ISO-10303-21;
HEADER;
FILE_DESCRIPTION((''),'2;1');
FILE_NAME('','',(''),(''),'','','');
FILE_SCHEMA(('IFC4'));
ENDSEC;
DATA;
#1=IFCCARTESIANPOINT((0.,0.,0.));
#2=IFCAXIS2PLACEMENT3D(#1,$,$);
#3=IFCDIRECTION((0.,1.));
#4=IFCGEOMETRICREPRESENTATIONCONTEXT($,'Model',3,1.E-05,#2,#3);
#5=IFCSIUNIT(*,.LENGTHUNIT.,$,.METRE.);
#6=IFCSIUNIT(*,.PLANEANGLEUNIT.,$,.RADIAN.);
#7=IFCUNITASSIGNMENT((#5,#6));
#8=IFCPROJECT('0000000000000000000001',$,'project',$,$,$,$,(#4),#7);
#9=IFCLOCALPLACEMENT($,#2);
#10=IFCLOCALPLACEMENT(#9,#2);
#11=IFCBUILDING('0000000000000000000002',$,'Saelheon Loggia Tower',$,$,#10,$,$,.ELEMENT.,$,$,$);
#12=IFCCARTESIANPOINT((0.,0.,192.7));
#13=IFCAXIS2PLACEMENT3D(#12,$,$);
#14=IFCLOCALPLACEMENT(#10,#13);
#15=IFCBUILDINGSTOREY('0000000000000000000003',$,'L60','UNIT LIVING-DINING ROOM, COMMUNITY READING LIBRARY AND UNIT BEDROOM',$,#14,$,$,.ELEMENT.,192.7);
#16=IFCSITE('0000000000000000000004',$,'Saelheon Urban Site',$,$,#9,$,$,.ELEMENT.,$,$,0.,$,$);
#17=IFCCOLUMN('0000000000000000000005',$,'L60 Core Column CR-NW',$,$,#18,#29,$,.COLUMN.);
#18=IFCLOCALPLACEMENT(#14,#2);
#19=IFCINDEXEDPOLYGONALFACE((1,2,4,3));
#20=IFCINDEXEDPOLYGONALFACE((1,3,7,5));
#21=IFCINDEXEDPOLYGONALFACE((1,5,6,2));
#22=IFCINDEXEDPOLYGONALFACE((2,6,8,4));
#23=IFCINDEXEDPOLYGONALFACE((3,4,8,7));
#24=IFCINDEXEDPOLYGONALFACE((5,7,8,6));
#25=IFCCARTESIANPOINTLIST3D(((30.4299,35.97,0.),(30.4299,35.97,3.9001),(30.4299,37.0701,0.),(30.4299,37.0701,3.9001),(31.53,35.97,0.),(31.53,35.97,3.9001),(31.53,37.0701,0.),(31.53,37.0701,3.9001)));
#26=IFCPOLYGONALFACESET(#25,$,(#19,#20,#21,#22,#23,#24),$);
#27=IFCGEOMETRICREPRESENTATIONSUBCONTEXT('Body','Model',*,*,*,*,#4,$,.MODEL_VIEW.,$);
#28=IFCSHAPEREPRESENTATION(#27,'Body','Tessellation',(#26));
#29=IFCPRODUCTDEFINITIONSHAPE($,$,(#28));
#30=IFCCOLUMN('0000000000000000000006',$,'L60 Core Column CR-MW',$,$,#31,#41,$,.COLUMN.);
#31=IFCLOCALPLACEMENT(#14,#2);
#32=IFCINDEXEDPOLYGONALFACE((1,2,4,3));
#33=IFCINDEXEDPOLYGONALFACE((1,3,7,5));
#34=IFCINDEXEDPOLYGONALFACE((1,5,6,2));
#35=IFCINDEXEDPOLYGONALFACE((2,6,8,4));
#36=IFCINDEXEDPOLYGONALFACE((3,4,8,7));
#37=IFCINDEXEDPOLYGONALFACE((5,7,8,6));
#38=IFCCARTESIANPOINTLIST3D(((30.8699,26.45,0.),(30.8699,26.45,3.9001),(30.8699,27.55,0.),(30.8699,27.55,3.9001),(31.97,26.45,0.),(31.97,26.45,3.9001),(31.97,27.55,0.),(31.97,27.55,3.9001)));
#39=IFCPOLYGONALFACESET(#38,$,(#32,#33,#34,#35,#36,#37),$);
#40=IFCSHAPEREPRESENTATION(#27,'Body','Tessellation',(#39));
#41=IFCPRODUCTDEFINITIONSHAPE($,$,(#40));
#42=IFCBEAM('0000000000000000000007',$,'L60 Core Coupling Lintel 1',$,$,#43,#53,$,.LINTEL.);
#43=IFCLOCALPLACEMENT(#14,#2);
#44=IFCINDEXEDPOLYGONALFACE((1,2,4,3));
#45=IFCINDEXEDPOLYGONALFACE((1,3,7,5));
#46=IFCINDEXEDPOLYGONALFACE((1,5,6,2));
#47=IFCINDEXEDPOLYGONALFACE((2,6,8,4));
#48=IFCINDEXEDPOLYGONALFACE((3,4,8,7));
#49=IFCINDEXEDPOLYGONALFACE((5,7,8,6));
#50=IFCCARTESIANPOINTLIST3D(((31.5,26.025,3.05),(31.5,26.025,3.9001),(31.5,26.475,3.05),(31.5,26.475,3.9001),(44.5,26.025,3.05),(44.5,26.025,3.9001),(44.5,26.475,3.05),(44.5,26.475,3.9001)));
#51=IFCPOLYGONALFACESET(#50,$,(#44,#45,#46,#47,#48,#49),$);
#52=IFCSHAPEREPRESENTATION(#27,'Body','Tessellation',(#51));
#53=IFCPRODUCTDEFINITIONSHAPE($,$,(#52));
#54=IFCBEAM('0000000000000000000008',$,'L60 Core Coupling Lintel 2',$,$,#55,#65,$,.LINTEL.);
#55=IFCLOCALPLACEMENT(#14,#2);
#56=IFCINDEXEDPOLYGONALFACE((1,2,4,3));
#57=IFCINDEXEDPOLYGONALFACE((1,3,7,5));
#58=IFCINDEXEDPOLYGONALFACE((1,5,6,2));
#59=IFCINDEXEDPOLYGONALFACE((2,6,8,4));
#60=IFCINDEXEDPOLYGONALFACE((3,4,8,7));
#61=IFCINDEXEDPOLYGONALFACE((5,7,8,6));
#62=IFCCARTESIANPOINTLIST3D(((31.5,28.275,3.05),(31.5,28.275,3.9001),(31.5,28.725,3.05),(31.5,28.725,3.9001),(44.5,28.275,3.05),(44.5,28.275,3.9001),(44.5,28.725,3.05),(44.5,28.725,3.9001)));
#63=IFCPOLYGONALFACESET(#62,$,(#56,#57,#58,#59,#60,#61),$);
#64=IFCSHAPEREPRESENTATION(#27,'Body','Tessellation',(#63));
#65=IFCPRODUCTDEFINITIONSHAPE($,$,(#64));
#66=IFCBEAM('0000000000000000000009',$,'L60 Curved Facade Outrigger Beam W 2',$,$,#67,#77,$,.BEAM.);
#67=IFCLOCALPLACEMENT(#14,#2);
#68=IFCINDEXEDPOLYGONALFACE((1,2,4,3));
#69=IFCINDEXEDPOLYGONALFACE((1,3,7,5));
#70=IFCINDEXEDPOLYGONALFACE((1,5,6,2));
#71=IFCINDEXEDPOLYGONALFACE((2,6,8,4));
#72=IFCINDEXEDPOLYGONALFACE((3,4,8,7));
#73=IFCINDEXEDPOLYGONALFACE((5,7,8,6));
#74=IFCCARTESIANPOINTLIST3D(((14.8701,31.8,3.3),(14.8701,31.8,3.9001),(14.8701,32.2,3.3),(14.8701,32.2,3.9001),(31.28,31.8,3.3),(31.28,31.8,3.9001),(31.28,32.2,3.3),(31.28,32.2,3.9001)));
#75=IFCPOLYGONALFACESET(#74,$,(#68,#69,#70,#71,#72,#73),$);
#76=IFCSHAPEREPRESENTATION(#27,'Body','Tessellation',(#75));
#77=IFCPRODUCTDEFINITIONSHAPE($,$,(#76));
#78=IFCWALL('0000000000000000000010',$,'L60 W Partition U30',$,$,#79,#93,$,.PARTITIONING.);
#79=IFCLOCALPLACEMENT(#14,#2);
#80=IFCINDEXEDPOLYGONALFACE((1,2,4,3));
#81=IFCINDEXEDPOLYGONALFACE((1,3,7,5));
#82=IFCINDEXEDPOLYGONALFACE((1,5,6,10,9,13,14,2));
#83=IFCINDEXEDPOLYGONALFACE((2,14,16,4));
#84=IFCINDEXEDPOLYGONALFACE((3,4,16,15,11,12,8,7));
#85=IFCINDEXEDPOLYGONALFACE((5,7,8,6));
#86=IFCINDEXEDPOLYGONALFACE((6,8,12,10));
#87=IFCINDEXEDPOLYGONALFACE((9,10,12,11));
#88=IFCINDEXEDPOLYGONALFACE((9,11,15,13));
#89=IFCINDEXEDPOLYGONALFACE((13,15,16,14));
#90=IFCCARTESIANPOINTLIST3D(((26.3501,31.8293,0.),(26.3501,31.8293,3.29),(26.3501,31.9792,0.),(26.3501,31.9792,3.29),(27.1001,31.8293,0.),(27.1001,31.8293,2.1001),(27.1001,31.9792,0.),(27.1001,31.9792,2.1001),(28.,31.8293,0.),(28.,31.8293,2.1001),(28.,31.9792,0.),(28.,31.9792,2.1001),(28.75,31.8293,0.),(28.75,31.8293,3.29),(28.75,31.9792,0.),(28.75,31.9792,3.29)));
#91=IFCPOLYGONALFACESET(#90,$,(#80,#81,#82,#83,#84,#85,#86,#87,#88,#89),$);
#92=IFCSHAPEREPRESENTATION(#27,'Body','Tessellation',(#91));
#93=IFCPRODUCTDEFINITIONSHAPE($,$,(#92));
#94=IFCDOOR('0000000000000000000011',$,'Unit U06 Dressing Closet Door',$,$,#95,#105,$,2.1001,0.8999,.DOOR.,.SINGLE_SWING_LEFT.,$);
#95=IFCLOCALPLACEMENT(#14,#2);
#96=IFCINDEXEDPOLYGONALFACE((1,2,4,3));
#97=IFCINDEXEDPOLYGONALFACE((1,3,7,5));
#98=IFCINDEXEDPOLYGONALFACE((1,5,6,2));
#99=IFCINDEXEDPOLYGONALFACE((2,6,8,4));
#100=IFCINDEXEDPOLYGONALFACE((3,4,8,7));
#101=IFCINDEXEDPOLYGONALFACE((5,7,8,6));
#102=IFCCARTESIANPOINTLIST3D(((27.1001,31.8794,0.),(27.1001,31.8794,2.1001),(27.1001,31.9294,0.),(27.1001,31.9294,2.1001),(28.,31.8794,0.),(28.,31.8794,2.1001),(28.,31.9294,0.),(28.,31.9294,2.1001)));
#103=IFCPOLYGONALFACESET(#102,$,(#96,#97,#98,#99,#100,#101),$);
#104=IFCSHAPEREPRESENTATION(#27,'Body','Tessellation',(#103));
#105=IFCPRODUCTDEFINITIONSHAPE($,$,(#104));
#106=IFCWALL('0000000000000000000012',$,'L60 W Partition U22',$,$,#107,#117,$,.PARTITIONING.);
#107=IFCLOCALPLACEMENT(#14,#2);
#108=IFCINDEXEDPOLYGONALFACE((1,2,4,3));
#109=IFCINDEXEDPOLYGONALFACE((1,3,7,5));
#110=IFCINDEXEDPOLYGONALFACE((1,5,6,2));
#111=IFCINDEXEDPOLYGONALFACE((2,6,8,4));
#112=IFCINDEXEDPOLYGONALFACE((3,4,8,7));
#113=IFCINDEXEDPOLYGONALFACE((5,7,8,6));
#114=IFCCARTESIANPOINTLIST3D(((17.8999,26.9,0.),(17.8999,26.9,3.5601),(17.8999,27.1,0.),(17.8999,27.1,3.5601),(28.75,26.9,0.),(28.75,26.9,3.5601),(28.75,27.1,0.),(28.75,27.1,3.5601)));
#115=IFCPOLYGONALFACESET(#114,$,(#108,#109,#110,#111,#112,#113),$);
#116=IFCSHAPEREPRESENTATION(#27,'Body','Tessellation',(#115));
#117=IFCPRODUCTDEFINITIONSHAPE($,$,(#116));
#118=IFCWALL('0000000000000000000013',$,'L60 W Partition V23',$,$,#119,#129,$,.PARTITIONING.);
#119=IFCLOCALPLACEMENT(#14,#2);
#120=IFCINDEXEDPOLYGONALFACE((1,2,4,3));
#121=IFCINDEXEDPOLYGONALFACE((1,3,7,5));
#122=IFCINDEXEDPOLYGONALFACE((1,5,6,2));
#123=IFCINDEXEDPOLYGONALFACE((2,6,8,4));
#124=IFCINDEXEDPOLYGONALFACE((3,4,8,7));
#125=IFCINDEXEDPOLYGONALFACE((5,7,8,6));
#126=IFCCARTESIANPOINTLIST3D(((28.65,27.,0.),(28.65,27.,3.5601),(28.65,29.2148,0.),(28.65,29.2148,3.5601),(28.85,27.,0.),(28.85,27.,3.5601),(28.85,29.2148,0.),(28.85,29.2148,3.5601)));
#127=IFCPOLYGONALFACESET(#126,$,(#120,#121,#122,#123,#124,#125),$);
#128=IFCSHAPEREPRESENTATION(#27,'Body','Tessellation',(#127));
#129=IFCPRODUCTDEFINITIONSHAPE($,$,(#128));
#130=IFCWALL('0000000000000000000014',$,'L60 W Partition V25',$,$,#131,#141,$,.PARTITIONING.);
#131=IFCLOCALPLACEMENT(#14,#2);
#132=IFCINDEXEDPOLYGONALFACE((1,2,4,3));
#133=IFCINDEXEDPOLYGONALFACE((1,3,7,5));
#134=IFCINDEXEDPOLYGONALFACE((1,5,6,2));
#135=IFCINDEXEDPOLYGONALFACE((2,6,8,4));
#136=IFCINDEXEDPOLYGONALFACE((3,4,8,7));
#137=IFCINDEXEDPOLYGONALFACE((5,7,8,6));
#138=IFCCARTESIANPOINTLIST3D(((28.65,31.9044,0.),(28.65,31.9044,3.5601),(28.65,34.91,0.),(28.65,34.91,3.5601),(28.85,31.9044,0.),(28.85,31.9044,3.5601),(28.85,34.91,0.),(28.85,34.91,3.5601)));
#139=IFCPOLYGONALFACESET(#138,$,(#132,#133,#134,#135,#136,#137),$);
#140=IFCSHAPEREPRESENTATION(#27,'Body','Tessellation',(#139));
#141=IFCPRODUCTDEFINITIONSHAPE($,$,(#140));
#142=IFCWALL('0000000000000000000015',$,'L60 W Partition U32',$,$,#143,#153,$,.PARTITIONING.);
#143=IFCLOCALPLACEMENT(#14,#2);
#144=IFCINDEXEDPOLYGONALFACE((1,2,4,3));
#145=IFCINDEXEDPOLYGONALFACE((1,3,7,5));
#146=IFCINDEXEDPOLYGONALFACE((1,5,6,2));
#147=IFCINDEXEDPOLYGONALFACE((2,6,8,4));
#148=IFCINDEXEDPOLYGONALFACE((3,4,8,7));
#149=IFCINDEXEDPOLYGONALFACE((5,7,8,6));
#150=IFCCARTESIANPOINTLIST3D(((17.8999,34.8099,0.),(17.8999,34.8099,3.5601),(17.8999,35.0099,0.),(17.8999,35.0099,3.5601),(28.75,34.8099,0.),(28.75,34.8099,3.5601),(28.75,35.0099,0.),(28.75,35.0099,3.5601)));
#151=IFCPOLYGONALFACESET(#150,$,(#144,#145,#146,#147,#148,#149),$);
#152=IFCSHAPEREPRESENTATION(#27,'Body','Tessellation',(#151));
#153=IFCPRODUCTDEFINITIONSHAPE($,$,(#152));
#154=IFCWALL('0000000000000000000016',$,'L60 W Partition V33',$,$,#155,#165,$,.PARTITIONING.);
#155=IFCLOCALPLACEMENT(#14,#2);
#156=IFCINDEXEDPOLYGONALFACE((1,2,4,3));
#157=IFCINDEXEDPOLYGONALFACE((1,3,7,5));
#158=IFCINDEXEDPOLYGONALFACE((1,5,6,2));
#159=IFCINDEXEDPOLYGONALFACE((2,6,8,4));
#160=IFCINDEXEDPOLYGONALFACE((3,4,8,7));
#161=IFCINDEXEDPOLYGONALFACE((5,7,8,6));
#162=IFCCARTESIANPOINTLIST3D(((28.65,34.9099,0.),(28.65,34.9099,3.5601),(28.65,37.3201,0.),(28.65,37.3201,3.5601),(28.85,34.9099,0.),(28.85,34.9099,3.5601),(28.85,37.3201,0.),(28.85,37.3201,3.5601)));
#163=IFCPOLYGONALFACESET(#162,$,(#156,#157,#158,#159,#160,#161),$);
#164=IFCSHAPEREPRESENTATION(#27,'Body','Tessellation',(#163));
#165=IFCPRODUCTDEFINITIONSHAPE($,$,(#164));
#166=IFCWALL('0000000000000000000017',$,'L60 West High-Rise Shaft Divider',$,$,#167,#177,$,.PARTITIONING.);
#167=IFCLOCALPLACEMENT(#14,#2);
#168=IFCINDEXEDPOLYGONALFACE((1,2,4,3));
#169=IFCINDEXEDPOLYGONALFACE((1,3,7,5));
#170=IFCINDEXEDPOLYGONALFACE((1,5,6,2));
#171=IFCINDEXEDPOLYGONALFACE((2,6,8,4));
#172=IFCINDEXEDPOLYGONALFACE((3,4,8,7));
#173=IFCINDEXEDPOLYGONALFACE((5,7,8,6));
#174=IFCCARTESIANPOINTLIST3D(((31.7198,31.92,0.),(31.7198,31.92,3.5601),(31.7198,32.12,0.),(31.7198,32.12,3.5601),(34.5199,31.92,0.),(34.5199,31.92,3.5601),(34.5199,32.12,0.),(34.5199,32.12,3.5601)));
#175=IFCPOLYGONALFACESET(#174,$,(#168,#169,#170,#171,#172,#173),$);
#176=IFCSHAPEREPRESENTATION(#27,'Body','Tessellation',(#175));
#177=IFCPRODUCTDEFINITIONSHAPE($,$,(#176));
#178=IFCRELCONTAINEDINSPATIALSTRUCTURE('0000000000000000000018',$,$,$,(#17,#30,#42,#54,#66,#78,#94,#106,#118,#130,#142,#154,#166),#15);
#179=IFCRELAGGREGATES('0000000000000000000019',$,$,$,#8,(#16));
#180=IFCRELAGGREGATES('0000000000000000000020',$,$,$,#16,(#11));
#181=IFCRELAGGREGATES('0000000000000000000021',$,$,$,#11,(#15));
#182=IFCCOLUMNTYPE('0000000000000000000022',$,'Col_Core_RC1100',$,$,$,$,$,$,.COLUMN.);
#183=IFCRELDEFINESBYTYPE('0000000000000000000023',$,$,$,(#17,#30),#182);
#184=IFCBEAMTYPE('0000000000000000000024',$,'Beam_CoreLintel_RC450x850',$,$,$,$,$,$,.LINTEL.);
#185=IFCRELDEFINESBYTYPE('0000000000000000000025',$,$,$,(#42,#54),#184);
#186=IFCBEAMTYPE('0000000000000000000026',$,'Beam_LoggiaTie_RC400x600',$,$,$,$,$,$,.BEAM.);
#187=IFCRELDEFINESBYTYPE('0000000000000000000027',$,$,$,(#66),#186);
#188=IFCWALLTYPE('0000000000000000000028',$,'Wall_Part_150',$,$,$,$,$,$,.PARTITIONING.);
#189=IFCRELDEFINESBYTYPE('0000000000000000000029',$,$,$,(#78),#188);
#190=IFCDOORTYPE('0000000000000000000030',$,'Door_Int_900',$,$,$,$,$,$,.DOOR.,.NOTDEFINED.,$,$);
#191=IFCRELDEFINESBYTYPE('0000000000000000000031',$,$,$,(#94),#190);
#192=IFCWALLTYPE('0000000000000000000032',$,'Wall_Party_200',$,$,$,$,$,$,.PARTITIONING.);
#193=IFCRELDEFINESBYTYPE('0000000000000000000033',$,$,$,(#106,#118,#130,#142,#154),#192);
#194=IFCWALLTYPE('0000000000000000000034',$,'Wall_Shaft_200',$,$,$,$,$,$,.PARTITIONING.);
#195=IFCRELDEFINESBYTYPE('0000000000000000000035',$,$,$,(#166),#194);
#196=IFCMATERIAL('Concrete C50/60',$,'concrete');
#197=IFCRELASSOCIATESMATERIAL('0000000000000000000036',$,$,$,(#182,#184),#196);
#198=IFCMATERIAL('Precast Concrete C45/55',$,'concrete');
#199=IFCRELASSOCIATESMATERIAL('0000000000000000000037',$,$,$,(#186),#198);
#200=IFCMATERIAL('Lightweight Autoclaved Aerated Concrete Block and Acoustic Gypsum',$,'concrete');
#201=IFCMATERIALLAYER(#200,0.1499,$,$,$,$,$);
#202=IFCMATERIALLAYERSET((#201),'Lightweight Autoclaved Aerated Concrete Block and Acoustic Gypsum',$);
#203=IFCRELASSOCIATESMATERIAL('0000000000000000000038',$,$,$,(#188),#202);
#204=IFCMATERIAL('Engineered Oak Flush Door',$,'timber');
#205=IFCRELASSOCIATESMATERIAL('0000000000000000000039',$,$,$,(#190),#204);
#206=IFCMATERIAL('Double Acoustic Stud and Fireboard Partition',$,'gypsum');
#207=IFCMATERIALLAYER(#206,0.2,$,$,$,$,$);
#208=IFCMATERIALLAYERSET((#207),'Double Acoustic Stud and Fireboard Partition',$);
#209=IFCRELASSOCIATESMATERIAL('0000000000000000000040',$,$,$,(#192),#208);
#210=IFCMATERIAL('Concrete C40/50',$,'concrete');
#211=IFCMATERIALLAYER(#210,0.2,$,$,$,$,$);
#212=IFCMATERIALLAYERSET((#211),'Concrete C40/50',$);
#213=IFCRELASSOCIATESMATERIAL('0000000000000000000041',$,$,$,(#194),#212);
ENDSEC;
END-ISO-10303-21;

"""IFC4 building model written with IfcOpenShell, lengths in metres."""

from ifc_helpers import new_model, si_unit, direction, frame, frame_2d, origin, origin_2d, place, context, subcontext, project, spatial, rectangle, extrude, source, transform, mapped, material, layer, layer_set, material_profile, profile_set, type_object, element, fill, save


model = new_model("IFC4")

# Units and contexts
model_context = context("Model", 3, precision=1e-05, world=origin(), true_north=direction((0.0, 1.0)))
body_context = subcontext(model_context, "Body", "Model", "MODEL_VIEW")
ifc_project = project(units=[si_unit("LENGTHUNIT", "METRE"), si_unit("PLANEANGLEUNIT", "RADIAN")], contexts=[model_context])

# Site, building, storey
site_placement = place(None, origin())
site = spatial("IfcSite", under=ifc_project, at=site_placement, Name="Saelheon Urban Site", CompositionType="ELEMENT", RefElevation=0.0)
building_placement = place(site_placement, origin())
building = spatial("IfcBuilding", under=site, at=building_placement, Name="Saelheon Loggia Tower", CompositionType="ELEMENT")
storey_placement = place(building_placement, frame((0.0, 0.0, 192.7)))
storey = spatial("IfcBuildingStorey", under=building, at=storey_placement, Name="L60", Description="UNIT LIVING-DINING ROOM, COMMUNITY READING LIBRARY AND UNIT BEDROOM", CompositionType="ELEMENT", Elevation=192.7)

# Columns
ifc_material_1 = material(Name="Concrete C50/60", Category="concrete")
ifc_material_profile_1 = material_profile(ifc_material_1, rectangle(XDim=1.1001, YDim=1.1001, at=origin_2d()), Name="RC-1100x1100")
ifc_profile_set_1 = profile_set([ifc_material_profile_1], Name="Concrete C50/60")
column_type = type_object("IfcColumnType", Name="Col_Core_RC1100", PredefinedType="COLUMN", material=ifc_profile_set_1)
shared_shape_1 = source(origin(), body_context, "Body", "SweptSolid", [
    extrude(rectangle(XDim=1.1001, YDim=1.1001, at=origin_2d()), origin(), (0.0, 0.0, 1.0), 3.9001),
])
for number, where, z_axis, x_axis, name in (
    (1, (30.98, 36.52, 0.0), (0.0, 0.0, 1.0), (1.0, 0.0, 0.0), "L60 Core Column CR-NW"),
    (2, (31.4199, 27.0, 0.0), (0.0, 0.0, 1.0), (1.0, 0.0, 0.0), "L60 Core Column CR-MW"),
):
    element("IfcColumn", number, at=place(storey_placement, frame(where, z_axis=z_axis, x_axis=x_axis)), inside=storey, type_object=column_type, Name=name, PredefinedType="COLUMN", context=body_context, shape_type="MappedRepresentation", body=[
        mapped(shared_shape_1, transform((0.0, 0.0, 0.0), scale=1.0)),
    ])

# Beams
ifc_material_profile_2 = material_profile(ifc_material_1, rectangle(XDim=0.45, YDim=0.8501, at=origin_2d()), Name="RC-450x850")
ifc_profile_set_2 = profile_set([ifc_material_profile_2], Name="Concrete C50/60")
beam_type_1 = type_object("IfcBeamType", Name="Beam_CoreLintel_RC450x850", PredefinedType="LINTEL", material=ifc_profile_set_2)
shared_shape_2 = source(origin(), body_context, "Body", "SweptSolid", [
    extrude(rectangle(XDim=0.45, YDim=0.8501, at=origin_2d()), origin(), (0.0, 0.0, 1.0), 13.0),
])
for number, where, z_axis, x_axis, name in (
    (3, (31.5, 26.25, 3.4751), (1.0, 0.0, 0.0), (0.0, 1.0, 0.0), "L60 Core Coupling Lintel 1"),
    (4, (31.5, 28.5, 3.4751), (1.0, 0.0, 0.0), (0.0, 1.0, 0.0), "L60 Core Coupling Lintel 2"),
):
    element("IfcBeam", number, at=place(storey_placement, frame(where, z_axis=z_axis, x_axis=x_axis)), inside=storey, type_object=beam_type_1, Name=name, PredefinedType="LINTEL", context=body_context, shape_type="MappedRepresentation", body=[
        mapped(shared_shape_2, transform((0.0, 0.0, 0.0), scale=1.0)),
    ])
ifc_material_2 = material(Name="Precast Concrete C45/55", Category="concrete")
ifc_material_profile_3 = material_profile(ifc_material_2, rectangle(XDim=0.3999, YDim=0.6001, at=origin_2d()), Name="RC-400x600")
ifc_profile_set_3 = profile_set([ifc_material_profile_3], Name="Precast Concrete C45/55")
beam_type_2 = type_object("IfcBeamType", Name="Beam_LoggiaTie_RC400x600", PredefinedType="BEAM", material=ifc_profile_set_3)
shared_shape_3 = source(origin(), body_context, "Body", "SweptSolid", [
    extrude(rectangle(XDim=0.3999, YDim=0.6001, at=origin_2d()), origin(), (0.0, 0.0, 1.0), 16.4099),
])
beam_placement = place(storey_placement, frame((31.28, 32.0, 3.6001), z_axis=(-1.0, 0.0, 0.0), x_axis=(0.0, -1.0, 0.0)))
element("IfcBeam", 5, at=beam_placement, inside=storey, type_object=beam_type_2, Name="L60 Curved Facade Outrigger Beam W 2", PredefinedType="BEAM", context=body_context, shape_type="MappedRepresentation", body=[
    mapped(shared_shape_3, transform((0.0, 0.0, 0.0), scale=1.0)),
])

# Wall, opening, door
ifc_material_3 = material(Name="Lightweight Autoclaved Aerated Concrete Block and Acoustic Gypsum", Category="concrete")
ifc_layer_1 = layer(ifc_material_3, 0.1499)
ifc_layer_set_1 = layer_set([ifc_layer_1], Name="Lightweight Autoclaved Aerated Concrete Block and Acoustic Gypsum")
wall_type_1 = type_object("IfcWallType", Name="Wall_Part_150", PredefinedType="PARTITIONING", material=ifc_layer_set_1)
wall_1_placement = place(storey_placement, frame((28.75, 31.9043, 0.0), z_axis=(0.0, 0.0, 1.0), x_axis=(-1.0, 0.0, 0.0)))
wall_1 = element("IfcWall", 6, at=wall_1_placement, inside=storey, type_object=wall_type_1, Name="L60 W Partition U30", PredefinedType="PARTITIONING", context=body_context, shape_type="SweptSolid", body=[
    extrude(rectangle(XDim=2.3999, YDim=0.1499, at=frame_2d((1.2, 0.0))), origin(), (0.0, 0.0, 1.0), 3.29),
])
opening_1_placement = place(wall_1_placement, frame((0.75, 0.0, 0.0)))
opening_1 = element("IfcOpeningElement", 7, at=opening_1_placement, cuts=wall_1, PredefinedType="OPENING", context=body_context, shape_type="SweptSolid", body=[
    extrude(rectangle(XDim=0.8999, YDim=2.1001, at=frame_2d((0.45, 1.05))), frame((0.0, 0.0869, 0.0), z_axis=(0.0, -1.0, 0.0), x_axis=(1.0, 0.0, 0.0)), (0.0, 0.0, 1.0), 0.1738),
])
ifc_material_4 = material(Name="Engineered Oak Flush Door", Category="timber")
door_type_1 = type_object("IfcDoorType", Name="Door_Int_900", OperationType="NOTDEFINED", PredefinedType="DOOR", material=ifc_material_4)
shared_shape_4 = source(origin(), body_context, "Body", "SweptSolid", [
    extrude(rectangle(XDim=0.8999, YDim=2.1001, at=frame_2d((0.45, 1.05))), frame((0.0, 0.0249, 0.0), z_axis=(0.0, -1.0, 0.0), x_axis=(1.0, 0.0, 0.0)), (0.0, 0.0, 1.0), 0.05),
])
door_1_placement = place(opening_1_placement, origin())
door_1 = element("IfcDoor", 8, at=door_1_placement, inside=storey, type_object=door_type_1, Name="Unit U06 Dressing Closet Door", OperationType="SINGLE_SWING_LEFT", OverallHeight=2.1001, OverallWidth=0.8999, PredefinedType="DOOR", context=body_context, shape_type="MappedRepresentation", body=[
    mapped(shared_shape_4, transform((0.0, 0.0, 0.0), scale=1.0)),
])
fill(opening_1, door_1)

# Walls
ifc_material_5 = material(Name="Double Acoustic Stud and Fireboard Partition", Category="gypsum")
ifc_layer_2 = layer(ifc_material_5, 0.2)
ifc_layer_set_2 = layer_set([ifc_layer_2], Name="Double Acoustic Stud and Fireboard Partition")
wall_type_2 = type_object("IfcWallType", Name="Wall_Party_200", PredefinedType="PARTITIONING", material=ifc_layer_set_2)
wall_2_placement = place(storey_placement, frame((28.75, 27.0, 0.0), z_axis=(0.0, 0.0, 1.0), x_axis=(-1.0, 0.0, 0.0)))
element("IfcWall", 9, at=wall_2_placement, inside=storey, type_object=wall_type_2, Name="L60 W Partition U22", PredefinedType="PARTITIONING", context=body_context, shape_type="SweptSolid", body=[
    extrude(rectangle(XDim=10.8501, YDim=0.2, at=frame_2d((5.425, 0.0))), origin(), (0.0, 0.0, 1.0), 3.5601),
])
wall_3_placement = place(storey_placement, frame((28.75, 27.0, 0.0), z_axis=(0.0, 0.0, 1.0), x_axis=(0.0, 1.0, 0.0)))
element("IfcWall", 10, at=wall_3_placement, inside=storey, type_object=wall_type_2, Name="L60 W Partition V23", PredefinedType="PARTITIONING", context=body_context, shape_type="SweptSolid", body=[
    extrude(rectangle(XDim=2.2148, YDim=0.2, at=frame_2d((1.1074, 0.0))), origin(), (0.0, 0.0, 1.0), 3.5601),
])

# Walls
wall_4_placement = place(storey_placement, frame((28.75, 31.9043, 0.0), z_axis=(0.0, 0.0, 1.0), x_axis=(0.0, 1.0, 0.0)))
element("IfcWall", 11, at=wall_4_placement, inside=storey, type_object=wall_type_2, Name="L60 W Partition V25", PredefinedType="PARTITIONING", context=body_context, shape_type="SweptSolid", body=[
    extrude(rectangle(XDim=3.0056, YDim=0.2, at=frame_2d((1.5029, 0.0))), origin(), (0.0, 0.0, 1.0), 3.5601),
])
wall_5_placement = place(storey_placement, frame((28.75, 34.9099, 0.0), z_axis=(0.0, 0.0, 1.0), x_axis=(-1.0, 0.0, 0.0)))
element("IfcWall", 12, at=wall_5_placement, inside=storey, type_object=wall_type_2, Name="L60 W Partition U32", PredefinedType="PARTITIONING", context=body_context, shape_type="SweptSolid", body=[
    extrude(rectangle(XDim=10.8501, YDim=0.2, at=frame_2d((5.425, 0.0))), origin(), (0.0, 0.0, 1.0), 3.5601),
])
wall_6_placement = place(storey_placement, frame((28.75, 34.9099, 0.0), z_axis=(0.0, 0.0, 1.0), x_axis=(0.0, 1.0, 0.0)))
element("IfcWall", 13, at=wall_6_placement, inside=storey, type_object=wall_type_2, Name="L60 W Partition V33", PredefinedType="PARTITIONING", context=body_context, shape_type="SweptSolid", body=[
    extrude(rectangle(XDim=2.4102, YDim=0.2, at=frame_2d((1.2051, 0.0))), origin(), (0.0, 0.0, 1.0), 3.5601),
])
ifc_material_6 = material(Name="Concrete C40/50", Category="concrete")
ifc_layer_3 = layer(ifc_material_6, 0.2)
ifc_layer_set_3 = layer_set([ifc_layer_3], Name="Concrete C40/50")
wall_type_3 = type_object("IfcWallType", Name="Wall_Shaft_200", PredefinedType="PARTITIONING", material=ifc_layer_set_3)
wall_7_placement = place(storey_placement, frame((31.72, 32.02, 0.0), z_axis=(0.0, 0.0, 1.0), x_axis=(1.0, 0.0, 0.0)))
element("IfcWall", 14, at=wall_7_placement, inside=storey, type_object=wall_type_3, Name="L60 West High-Rise Shaft Divider", PredefinedType="PARTITIONING", context=body_context, shape_type="SweptSolid", body=[
    extrude(rectangle(XDim=2.8, YDim=0.2, at=frame_2d((1.3999, 0.0))), origin(), (0.0, 0.0, 1.0), 3.5601),
])

save(model, "model.ifc")
